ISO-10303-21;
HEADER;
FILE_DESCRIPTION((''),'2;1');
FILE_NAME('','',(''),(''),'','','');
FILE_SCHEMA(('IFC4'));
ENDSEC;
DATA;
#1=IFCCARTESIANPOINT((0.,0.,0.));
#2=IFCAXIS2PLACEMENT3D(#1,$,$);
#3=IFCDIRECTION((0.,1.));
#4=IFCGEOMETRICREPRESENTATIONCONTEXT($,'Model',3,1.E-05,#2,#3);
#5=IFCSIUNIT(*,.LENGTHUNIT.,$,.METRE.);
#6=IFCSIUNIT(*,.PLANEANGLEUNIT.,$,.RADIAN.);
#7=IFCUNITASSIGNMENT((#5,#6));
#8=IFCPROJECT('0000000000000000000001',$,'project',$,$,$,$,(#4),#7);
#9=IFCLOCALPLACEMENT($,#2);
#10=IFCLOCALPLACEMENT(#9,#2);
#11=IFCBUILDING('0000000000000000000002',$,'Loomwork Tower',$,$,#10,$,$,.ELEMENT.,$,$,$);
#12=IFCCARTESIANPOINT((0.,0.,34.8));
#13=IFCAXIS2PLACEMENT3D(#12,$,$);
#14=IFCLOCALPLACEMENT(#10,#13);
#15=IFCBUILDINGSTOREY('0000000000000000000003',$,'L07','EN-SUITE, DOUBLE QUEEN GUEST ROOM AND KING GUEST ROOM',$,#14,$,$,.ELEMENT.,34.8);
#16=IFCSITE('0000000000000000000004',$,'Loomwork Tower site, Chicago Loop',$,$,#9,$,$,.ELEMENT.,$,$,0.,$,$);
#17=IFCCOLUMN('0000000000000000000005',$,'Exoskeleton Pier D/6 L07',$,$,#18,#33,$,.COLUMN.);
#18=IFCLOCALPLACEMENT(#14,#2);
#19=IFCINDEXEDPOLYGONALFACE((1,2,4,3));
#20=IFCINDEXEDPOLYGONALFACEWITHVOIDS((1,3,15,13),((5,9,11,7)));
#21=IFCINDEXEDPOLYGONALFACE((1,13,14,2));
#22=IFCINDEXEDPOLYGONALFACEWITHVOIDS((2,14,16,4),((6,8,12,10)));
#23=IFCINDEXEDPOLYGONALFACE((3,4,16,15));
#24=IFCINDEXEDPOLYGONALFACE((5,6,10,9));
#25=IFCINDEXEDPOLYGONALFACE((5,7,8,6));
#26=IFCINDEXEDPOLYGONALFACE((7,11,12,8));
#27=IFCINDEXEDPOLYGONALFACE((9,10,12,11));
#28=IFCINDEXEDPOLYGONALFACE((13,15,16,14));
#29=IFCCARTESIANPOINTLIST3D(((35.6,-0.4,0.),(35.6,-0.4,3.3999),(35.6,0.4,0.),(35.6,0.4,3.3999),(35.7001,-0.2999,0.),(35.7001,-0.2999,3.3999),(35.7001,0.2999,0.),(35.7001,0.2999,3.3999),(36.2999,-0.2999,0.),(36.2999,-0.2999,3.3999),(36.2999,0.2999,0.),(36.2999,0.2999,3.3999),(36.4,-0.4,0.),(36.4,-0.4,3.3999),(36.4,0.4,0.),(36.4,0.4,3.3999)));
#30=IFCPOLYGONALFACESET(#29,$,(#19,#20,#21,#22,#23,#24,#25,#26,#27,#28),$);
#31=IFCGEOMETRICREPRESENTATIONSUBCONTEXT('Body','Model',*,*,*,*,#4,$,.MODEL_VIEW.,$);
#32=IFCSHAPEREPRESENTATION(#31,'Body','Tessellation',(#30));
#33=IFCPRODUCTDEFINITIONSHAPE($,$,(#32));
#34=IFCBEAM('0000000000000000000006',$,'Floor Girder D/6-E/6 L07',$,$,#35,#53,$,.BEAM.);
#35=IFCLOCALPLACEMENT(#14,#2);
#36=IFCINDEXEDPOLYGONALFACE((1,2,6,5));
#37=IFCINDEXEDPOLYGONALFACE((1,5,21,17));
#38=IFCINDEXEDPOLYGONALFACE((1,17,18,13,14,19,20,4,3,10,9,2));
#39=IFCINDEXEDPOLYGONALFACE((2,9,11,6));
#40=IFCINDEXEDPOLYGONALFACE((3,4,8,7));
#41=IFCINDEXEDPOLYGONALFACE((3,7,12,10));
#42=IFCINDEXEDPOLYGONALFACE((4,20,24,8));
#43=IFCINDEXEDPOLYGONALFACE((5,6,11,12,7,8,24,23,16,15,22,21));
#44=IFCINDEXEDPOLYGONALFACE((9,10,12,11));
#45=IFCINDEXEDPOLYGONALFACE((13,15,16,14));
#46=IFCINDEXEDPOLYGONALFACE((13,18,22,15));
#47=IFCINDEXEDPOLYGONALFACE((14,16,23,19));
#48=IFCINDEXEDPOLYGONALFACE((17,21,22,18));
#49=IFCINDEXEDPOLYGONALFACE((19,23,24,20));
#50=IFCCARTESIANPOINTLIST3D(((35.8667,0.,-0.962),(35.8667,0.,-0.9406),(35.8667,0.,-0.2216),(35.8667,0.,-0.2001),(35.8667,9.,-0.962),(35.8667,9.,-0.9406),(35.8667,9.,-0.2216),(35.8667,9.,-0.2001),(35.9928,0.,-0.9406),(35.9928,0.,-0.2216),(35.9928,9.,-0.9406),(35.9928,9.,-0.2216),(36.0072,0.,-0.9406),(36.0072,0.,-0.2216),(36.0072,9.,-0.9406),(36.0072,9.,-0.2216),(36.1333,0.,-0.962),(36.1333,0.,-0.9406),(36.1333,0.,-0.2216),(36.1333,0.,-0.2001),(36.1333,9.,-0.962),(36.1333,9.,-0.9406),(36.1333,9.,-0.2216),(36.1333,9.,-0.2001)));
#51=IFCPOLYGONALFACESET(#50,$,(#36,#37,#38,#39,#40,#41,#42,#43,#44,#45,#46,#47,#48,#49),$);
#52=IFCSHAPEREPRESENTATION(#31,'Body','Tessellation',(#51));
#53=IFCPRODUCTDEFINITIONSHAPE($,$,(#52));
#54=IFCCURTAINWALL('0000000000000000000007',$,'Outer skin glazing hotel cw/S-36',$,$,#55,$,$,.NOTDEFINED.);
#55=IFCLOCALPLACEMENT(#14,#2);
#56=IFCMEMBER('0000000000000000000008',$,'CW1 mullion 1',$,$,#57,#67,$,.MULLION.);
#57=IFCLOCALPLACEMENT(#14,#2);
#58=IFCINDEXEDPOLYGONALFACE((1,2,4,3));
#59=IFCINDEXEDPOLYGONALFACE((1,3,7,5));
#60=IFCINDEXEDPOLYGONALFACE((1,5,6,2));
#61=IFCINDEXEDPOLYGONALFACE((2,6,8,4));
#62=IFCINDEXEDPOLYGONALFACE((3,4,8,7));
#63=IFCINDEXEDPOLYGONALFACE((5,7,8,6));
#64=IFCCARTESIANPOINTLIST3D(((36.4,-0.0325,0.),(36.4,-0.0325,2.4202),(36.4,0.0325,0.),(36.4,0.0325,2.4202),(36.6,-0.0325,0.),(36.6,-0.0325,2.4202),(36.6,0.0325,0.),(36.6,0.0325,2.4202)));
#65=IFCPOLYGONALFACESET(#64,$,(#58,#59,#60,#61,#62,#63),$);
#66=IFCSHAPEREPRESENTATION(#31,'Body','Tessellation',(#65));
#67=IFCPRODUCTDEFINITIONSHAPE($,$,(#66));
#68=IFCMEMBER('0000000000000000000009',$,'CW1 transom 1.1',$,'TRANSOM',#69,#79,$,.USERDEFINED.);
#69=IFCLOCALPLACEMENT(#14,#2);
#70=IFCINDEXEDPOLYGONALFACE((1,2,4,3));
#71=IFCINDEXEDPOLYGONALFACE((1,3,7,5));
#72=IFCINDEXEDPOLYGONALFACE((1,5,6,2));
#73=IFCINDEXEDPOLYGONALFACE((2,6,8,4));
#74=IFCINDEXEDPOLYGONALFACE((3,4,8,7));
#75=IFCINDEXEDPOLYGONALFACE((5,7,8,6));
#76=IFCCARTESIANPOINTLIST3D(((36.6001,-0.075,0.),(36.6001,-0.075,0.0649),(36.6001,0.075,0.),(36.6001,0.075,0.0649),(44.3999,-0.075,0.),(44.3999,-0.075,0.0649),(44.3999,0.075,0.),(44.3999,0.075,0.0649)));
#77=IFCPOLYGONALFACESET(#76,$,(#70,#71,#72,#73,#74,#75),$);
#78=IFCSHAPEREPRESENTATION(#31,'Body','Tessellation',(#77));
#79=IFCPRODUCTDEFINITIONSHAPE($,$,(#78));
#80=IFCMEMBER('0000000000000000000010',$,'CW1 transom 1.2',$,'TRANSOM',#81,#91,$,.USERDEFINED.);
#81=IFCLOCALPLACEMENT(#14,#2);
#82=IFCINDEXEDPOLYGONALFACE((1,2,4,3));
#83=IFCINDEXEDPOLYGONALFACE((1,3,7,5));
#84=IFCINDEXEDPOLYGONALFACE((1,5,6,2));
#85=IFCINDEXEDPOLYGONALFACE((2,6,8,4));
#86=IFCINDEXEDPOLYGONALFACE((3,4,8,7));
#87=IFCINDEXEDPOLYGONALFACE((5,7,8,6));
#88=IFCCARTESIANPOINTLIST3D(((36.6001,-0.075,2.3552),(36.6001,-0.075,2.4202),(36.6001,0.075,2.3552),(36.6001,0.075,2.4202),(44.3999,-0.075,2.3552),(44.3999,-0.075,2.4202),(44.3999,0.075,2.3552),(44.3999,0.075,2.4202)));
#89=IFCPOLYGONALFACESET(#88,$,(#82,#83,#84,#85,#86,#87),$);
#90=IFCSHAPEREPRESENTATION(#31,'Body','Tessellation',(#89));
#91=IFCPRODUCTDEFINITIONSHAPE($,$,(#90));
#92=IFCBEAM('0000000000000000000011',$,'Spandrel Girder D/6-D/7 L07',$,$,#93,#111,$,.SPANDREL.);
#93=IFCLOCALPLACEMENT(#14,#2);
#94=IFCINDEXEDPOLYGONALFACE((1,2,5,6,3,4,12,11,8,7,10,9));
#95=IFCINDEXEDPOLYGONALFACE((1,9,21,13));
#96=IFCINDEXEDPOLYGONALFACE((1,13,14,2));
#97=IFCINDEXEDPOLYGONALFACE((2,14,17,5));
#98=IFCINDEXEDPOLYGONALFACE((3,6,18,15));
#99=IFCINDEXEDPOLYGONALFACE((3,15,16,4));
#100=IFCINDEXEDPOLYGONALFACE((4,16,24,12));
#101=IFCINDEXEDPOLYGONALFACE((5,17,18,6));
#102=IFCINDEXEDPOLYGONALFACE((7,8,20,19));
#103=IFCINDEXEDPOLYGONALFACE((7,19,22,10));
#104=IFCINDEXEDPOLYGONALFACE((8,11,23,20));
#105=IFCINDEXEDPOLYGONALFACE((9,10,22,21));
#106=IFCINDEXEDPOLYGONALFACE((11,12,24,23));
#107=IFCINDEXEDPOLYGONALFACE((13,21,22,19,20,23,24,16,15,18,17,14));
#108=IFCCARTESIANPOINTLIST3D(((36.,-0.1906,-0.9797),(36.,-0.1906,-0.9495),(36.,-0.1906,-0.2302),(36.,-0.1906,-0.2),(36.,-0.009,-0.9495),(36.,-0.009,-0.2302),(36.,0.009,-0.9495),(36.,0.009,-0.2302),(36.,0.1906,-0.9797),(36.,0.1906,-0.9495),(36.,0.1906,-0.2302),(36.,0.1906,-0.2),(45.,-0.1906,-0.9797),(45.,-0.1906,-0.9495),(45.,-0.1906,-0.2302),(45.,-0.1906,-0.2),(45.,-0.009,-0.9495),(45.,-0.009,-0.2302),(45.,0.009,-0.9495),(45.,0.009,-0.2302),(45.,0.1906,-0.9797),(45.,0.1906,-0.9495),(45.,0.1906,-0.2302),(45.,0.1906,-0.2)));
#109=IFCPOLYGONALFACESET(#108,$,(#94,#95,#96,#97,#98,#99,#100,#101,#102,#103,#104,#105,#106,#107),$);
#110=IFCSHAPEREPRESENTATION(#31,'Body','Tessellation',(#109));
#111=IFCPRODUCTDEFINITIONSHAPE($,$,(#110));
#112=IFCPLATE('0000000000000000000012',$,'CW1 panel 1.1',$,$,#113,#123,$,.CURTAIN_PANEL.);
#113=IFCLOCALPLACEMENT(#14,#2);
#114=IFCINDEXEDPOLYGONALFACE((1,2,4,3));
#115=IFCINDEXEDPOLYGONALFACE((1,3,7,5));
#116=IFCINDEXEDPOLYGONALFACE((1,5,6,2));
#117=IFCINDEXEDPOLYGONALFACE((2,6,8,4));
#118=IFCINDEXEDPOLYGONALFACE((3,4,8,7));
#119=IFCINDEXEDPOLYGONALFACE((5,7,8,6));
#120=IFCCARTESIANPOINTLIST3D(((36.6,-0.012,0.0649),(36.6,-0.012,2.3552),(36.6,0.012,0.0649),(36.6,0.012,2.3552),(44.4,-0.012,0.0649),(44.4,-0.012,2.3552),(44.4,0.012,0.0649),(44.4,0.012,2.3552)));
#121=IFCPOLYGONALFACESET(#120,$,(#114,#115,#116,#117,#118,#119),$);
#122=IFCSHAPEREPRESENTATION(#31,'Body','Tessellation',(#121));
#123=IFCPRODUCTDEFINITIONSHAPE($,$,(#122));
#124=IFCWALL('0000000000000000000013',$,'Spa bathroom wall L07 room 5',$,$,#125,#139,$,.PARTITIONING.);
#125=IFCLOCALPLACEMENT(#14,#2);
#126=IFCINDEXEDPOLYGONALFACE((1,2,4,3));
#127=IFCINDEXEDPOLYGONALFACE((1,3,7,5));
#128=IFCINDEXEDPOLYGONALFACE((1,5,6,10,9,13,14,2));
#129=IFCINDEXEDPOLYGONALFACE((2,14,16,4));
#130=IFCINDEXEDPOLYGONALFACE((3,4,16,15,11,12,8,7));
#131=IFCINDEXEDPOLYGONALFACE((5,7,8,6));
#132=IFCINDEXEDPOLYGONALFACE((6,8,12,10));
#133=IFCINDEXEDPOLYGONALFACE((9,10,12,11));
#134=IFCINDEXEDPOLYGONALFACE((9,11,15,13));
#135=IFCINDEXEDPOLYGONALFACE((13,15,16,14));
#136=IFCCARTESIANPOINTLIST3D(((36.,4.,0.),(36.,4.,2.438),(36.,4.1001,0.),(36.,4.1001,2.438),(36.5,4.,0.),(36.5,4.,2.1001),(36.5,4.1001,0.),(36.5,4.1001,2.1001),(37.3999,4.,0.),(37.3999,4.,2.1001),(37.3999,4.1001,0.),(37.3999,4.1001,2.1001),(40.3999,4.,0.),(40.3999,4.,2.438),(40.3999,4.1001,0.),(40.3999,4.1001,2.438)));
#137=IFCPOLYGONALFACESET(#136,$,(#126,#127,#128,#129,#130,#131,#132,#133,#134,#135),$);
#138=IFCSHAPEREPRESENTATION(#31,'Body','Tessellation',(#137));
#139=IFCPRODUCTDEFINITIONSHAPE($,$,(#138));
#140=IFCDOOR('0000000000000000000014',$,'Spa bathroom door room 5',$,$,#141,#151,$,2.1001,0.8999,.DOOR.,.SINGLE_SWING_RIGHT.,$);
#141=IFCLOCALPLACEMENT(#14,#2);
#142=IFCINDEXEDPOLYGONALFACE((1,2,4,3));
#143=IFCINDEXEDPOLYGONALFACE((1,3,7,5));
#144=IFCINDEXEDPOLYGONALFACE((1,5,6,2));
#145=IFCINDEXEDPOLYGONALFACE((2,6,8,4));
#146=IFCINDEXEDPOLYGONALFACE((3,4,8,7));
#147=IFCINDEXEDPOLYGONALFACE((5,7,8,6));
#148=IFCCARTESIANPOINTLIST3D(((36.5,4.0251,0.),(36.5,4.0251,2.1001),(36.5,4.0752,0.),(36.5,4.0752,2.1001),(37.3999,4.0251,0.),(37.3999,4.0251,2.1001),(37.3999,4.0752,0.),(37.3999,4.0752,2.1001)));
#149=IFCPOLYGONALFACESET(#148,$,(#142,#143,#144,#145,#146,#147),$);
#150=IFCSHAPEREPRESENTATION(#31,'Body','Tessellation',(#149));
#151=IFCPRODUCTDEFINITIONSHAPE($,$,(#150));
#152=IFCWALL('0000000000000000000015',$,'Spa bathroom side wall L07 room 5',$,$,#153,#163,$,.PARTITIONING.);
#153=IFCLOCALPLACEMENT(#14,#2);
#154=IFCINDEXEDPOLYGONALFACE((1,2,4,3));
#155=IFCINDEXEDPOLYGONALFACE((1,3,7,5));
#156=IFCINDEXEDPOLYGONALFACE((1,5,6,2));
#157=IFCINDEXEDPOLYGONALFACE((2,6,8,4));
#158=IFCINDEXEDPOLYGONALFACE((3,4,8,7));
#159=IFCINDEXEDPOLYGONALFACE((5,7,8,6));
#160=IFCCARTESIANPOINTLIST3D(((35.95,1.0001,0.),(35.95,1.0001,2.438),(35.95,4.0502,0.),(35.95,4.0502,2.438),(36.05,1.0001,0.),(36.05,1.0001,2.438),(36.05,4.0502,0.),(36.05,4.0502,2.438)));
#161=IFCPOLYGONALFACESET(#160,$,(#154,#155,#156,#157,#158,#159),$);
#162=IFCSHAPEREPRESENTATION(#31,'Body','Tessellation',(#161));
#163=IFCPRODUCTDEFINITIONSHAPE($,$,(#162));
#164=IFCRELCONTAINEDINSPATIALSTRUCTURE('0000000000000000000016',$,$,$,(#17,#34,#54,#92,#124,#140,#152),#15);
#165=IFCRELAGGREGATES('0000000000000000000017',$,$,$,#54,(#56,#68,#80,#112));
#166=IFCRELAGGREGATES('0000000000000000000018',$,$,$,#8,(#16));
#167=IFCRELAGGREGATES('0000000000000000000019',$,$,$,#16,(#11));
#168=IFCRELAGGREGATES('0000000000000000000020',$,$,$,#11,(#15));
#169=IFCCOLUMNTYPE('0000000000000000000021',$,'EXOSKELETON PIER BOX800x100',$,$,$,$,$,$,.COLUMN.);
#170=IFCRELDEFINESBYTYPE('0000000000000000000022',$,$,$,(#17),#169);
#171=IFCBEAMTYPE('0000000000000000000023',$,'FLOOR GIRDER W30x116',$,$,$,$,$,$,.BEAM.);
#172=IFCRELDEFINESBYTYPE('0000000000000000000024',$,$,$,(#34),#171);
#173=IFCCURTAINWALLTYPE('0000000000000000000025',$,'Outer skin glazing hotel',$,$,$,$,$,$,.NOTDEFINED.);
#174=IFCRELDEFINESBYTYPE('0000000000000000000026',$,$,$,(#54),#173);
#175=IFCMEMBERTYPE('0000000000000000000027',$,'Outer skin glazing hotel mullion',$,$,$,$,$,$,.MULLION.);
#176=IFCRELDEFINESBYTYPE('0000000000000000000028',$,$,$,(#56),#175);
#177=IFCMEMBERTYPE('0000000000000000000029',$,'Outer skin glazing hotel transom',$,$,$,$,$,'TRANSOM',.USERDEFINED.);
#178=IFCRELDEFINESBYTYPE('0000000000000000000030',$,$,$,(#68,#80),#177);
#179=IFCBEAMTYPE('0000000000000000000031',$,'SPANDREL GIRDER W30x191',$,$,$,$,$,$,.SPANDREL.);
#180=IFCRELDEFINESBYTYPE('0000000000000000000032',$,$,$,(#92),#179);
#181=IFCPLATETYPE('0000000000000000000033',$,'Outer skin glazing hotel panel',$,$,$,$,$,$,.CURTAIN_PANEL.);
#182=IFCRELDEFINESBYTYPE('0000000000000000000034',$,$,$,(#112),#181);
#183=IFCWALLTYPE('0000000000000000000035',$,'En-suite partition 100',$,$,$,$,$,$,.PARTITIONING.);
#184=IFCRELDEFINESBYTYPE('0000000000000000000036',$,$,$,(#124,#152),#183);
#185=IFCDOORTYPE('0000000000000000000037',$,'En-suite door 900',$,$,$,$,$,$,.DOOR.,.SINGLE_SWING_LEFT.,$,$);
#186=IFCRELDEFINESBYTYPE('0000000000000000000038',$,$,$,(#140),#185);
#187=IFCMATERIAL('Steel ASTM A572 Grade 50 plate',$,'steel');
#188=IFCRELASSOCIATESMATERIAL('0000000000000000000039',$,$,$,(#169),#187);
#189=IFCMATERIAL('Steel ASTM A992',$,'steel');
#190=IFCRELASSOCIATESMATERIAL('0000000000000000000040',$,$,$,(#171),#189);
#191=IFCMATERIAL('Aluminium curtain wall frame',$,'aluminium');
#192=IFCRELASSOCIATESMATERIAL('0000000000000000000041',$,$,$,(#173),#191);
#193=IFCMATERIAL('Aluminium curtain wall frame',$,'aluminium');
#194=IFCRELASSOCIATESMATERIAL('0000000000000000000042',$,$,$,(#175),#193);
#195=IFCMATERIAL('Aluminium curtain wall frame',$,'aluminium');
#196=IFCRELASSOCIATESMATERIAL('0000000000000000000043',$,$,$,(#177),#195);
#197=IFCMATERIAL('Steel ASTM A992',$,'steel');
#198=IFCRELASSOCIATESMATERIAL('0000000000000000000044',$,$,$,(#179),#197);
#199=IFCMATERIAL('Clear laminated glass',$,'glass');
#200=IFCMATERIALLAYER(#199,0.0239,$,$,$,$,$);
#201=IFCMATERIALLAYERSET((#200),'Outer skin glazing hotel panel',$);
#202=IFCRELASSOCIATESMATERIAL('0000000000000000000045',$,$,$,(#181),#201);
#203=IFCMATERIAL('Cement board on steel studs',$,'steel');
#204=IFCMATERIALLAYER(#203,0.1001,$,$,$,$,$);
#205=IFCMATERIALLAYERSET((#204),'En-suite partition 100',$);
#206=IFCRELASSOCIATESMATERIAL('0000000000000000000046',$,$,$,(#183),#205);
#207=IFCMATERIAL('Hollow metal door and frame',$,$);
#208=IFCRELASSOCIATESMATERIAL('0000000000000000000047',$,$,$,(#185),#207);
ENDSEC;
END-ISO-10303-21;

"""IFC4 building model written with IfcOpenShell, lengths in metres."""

from ifc_helpers import new_model, si_unit, direction, frame, frame_2d, origin, origin_2d, place, context, subcontext, project, spatial, rectangle, hollow_rectangle, i_section, extrude, material, layer, layer_set, material_profile, profile_set, type_object, element, fill, aggregate, save


model = new_model("IFC4")

# Units and contexts
model_context = context("Model", 3, precision=1e-05, world=origin(), true_north=direction((0.0, 1.0)))
body_context = subcontext(model_context, "Body", "Model", "MODEL_VIEW")
ifc_project = project(units=[si_unit("LENGTHUNIT", "METRE"), si_unit("PLANEANGLEUNIT", "RADIAN")], contexts=[model_context])

# Site, building, storey
site_placement = place(None, origin())
site = spatial("IfcSite", under=ifc_project, at=site_placement, Name="Loomwork Tower site, Chicago Loop", CompositionType="ELEMENT", RefElevation=0.0)
building_placement = place(site_placement, origin())
building = spatial("IfcBuilding", under=site, at=building_placement, Name="Loomwork Tower", CompositionType="ELEMENT")
storey_placement = place(building_placement, frame((0.0, 0.0, 34.8)))
storey = spatial("IfcBuildingStorey", under=building, at=storey_placement, Name="L07", Description="EN-SUITE, DOUBLE QUEEN GUEST ROOM AND KING GUEST ROOM", CompositionType="ELEMENT", Elevation=34.8)

# Column
ifc_material_1 = material(Name="Steel ASTM A572 Grade 50 plate", Category="steel")
ifc_material_profile_1 = material_profile(ifc_material_1, hollow_rectangle(XDim=0.8, YDim=0.8, WallThickness=0.1001, at=origin_2d()), Name="BOX800x100")
ifc_profile_set_1 = profile_set([ifc_material_profile_1], Name="Steel ASTM A572 Grade 50 plate")
column_type = type_object("IfcColumnType", Name="EXOSKELETON PIER BOX800x100", PredefinedType="COLUMN", material=ifc_profile_set_1)
column_placement = place(storey_placement, frame((36.0, 0.0, 0.0), z_axis=(0.0, 0.0, 1.0), x_axis=(1.0, 0.0, 0.0)))
element("IfcColumn", 1, at=column_placement, inside=storey, type_object=column_type, Name="Exoskeleton Pier D/6 L07", PredefinedType="COLUMN", context=body_context, shape_type="SweptSolid", body=[
    extrude(hollow_rectangle(XDim=0.8, YDim=0.8, WallThickness=0.1001, at=origin_2d()), origin(), (0.0, 0.0, 1.0), 3.3999),
])

# Beam
ifc_material_2 = material(Name="Steel ASTM A992", Category="steel")
ifc_material_profile_2 = material_profile(ifc_material_2, i_section(OverallWidth=0.2666, OverallDepth=0.762, WebThickness=0.0144, FlangeThickness=0.0215, at=origin_2d()), Name="W30x116")
ifc_profile_set_2 = profile_set([ifc_material_profile_2], Name="Steel ASTM A992")
beam_type_1 = type_object("IfcBeamType", Name="FLOOR GIRDER W30x116", PredefinedType="BEAM", material=ifc_profile_set_2)
beam_1_placement = place(storey_placement, frame((36.0, 0.0, -0.5811), z_axis=(0.0, 1.0, 0.0), x_axis=(-1.0, 0.0, 0.0)))
element("IfcBeam", 2, at=beam_1_placement, inside=storey, type_object=beam_type_1, Name="Floor Girder D/6-E/6 L07", PredefinedType="BEAM", context=body_context, shape_type="SweptSolid", body=[
    extrude(i_section(OverallWidth=0.2666, OverallDepth=0.762, WebThickness=0.0144, FlangeThickness=0.0215, at=origin_2d()), origin(), (0.0, 0.0, 1.0), 9.0),
])

# Curtain wall, members
ifc_material_3 = material(Name="Aluminium curtain wall frame", Category="aluminium")
curtain_wall_type = type_object("IfcCurtainWallType", Name="Outer skin glazing hotel", PredefinedType="NOTDEFINED", material=ifc_material_3)
curtain_wall_placement = place(storey_placement, origin())
curtain_wall = element("IfcCurtainWall", 3, at=curtain_wall_placement, inside=storey, type_object=curtain_wall_type, Name="Outer skin glazing hotel cw/S-36", PredefinedType="NOTDEFINED")
ifc_material_4 = material(Name="Aluminium curtain wall frame", Category="aluminium")
ifc_material_profile_3 = material_profile(ifc_material_4, rectangle(XDim=0.0649, YDim=0.2, at=origin_2d()), Name="AL 65x200")
ifc_profile_set_3 = profile_set([ifc_material_profile_3], Name="Aluminium curtain wall frame")
member_type_1 = type_object("IfcMemberType", Name="Outer skin glazing hotel mullion", PredefinedType="MULLION", material=ifc_profile_set_3)
member_1_placement = place(storey_placement, frame((36.5, 0.0, 0.0), z_axis=(0.0, 0.0, 1.0), x_axis=(0.0, 1.0, 0.0)))
member_1 = element("IfcMember", 4, at=member_1_placement, type_object=member_type_1, Name="CW1 mullion 1", PredefinedType="MULLION", context=body_context, shape_type="SweptSolid", body=[
    extrude(rectangle(XDim=0.0649, YDim=0.2, at=origin_2d()), origin(), (0.0, 0.0, 1.0), 2.4202),
])
ifc_material_5 = material(Name="Aluminium curtain wall frame", Category="aluminium")
ifc_material_profile_4 = material_profile(ifc_material_5, rectangle(XDim=0.1499, YDim=0.0649, at=origin_2d()), Name="AL 65x150")
ifc_profile_set_4 = profile_set([ifc_material_profile_4], Name="Aluminium curtain wall frame")
member_type_2 = type_object("IfcMemberType", Name="Outer skin glazing hotel transom", ElementType="TRANSOM", PredefinedType="USERDEFINED", material=ifc_profile_set_4)
member_2_placement = place(storey_placement, frame((36.6001, 0.0, 0.0325), z_axis=(1.0, 0.0, 0.0), x_axis=(0.0, 1.0, 0.0)))
member_2 = element("IfcMember", 5, at=member_2_placement, type_object=member_type_2, Name="CW1 transom 1.1", ObjectType="TRANSOM", PredefinedType="USERDEFINED", context=body_context, shape_type="SweptSolid", body=[
    extrude(rectangle(XDim=0.1499, YDim=0.0649, at=origin_2d()), origin(), (0.0, 0.0, 1.0), 7.7998),
])
member_3_placement = place(storey_placement, frame((36.6001, 0.0, 2.3877), z_axis=(1.0, 0.0, 0.0), x_axis=(0.0, 1.0, 0.0)))
member_3 = element("IfcMember", 6, at=member_3_placement, type_object=member_type_2, Name="CW1 transom 1.2", ObjectType="TRANSOM", PredefinedType="USERDEFINED", context=body_context, shape_type="SweptSolid", body=[
    extrude(rectangle(XDim=0.1499, YDim=0.0649, at=origin_2d()), origin(), (0.0, 0.0, 1.0), 7.7998),
])

# Beam
ifc_material_6 = material(Name="Steel ASTM A992", Category="steel")
ifc_material_profile_5 = material_profile(ifc_material_6, i_section(OverallWidth=0.3811, OverallDepth=0.7798, WebThickness=0.0181, FlangeThickness=0.0303, at=origin_2d()), Name="W30x191")
ifc_profile_set_5 = profile_set([ifc_material_profile_5], Name="Steel ASTM A992")
beam_type_2 = type_object("IfcBeamType", Name="SPANDREL GIRDER W30x191", PredefinedType="SPANDREL", material=ifc_profile_set_5)
beam_2_placement = place(storey_placement, frame((36.0, 0.0, -0.5898), z_axis=(1.0, 0.0, 0.0), x_axis=(0.0, 1.0, 0.0)))
element("IfcBeam", 7, at=beam_2_placement, inside=storey, type_object=beam_type_2, Name="Spandrel Girder D/6-D/7 L07", PredefinedType="SPANDREL", context=body_context, shape_type="SweptSolid", body=[
    extrude(i_section(OverallWidth=0.3811, OverallDepth=0.7798, WebThickness=0.0181, FlangeThickness=0.0303, at=origin_2d()), origin(), (0.0, 0.0, 1.0), 9.0),
])

# Plate
ifc_material_7 = material(Name="Clear laminated glass", Category="glass")
ifc_layer_1 = layer(ifc_material_7, 0.0239)
ifc_layer_set_1 = layer_set([ifc_layer_1], Name="Outer skin glazing hotel panel")
plate_type = type_object("IfcPlateType", Name="Outer skin glazing hotel panel", PredefinedType="CURTAIN_PANEL", material=ifc_layer_set_1)
plate_placement = place(storey_placement, frame((40.5, 0.0, 0.0649), z_axis=(0.0, 0.0, 1.0), x_axis=(1.0, 0.0, 0.0)))
plate = element("IfcPlate", 8, at=plate_placement, type_object=plate_type, Name="CW1 panel 1.1", PredefinedType="CURTAIN_PANEL", context=body_context, shape_type="SweptSolid", body=[
    extrude(rectangle(XDim=7.8, YDim=0.0239, at=origin_2d()), origin(), (0.0, 0.0, 1.0), 2.2903),
])
aggregate(curtain_wall, [member_1, member_2, member_3, plate])

# Wall, opening, door
ifc_material_8 = material(Name="Cement board on steel studs", Category="steel")
ifc_layer_2 = layer(ifc_material_8, 0.1001)
ifc_layer_set_2 = layer_set([ifc_layer_2], Name="En-suite partition 100")
wall_type_1 = type_object("IfcWallType", Name="En-suite partition 100", PredefinedType="PARTITIONING", material=ifc_layer_set_2)
wall_1_placement = place(storey_placement, frame((36.0, 4.05, 0.0), z_axis=(0.0, 0.0, 1.0), x_axis=(1.0, 0.0, 0.0)))
wall_1 = element("IfcWall", 9, at=wall_1_placement, inside=storey, type_object=wall_type_1, Name="Spa bathroom wall L07 room 5", PredefinedType="PARTITIONING", context=body_context, shape_type="SweptSolid", body=[
    extrude(rectangle(XDim=4.3999, YDim=0.1001, at=frame_2d((2.2, 0.0))), origin(), (0.0, 0.0, 1.0), 2.438),
])
opening_1_placement = place(wall_1_placement, frame((0.5, 0.0, 0.0)))
opening_1 = element("IfcOpeningElement", 10, at=opening_1_placement, cuts=wall_1, PredefinedType="OPENING", context=body_context, shape_type="SweptSolid", body=[
    extrude(rectangle(XDim=0.8999, YDim=2.1001, at=frame_2d((0.45, 1.05))), frame((0.0, 0.0601, 0.0), z_axis=(0.0, -1.0, 0.0), x_axis=(1.0, 0.0, 0.0)), (0.0, 0.0, 1.0), 0.1201),
])
ifc_material_9 = material(Name="Hollow metal door and frame")
door_type = type_object("IfcDoorType", Name="En-suite door 900", OperationType="SINGLE_SWING_LEFT", PredefinedType="DOOR", material=ifc_material_9)
door_placement = place(opening_1_placement, frame((0.8999, 0.0, 0.0), z_axis=(0.0, 0.0, 1.0), x_axis=(-1.0, 0.0, 0.0)))
door = element("IfcDoor", 11, at=door_placement, inside=storey, type_object=door_type, Name="Spa bathroom door room 5", OperationType="SINGLE_SWING_RIGHT", OverallHeight=2.1001, OverallWidth=0.8999, PredefinedType="DOOR", context=body_context, shape_type="SweptSolid", body=[
    extrude(rectangle(XDim=0.8999, YDim=2.1001, at=frame_2d((0.45, 1.05))), frame((0.0, 0.0249, 0.0), z_axis=(0.0, -1.0, 0.0), x_axis=(1.0, 0.0, 0.0)), (0.0, 0.0, 1.0), 0.05),
])
fill(opening_1, door)

# Wall
wall_2_placement = place(storey_placement, frame((36.0, 4.05, 0.0), z_axis=(0.0, 0.0, 1.0), x_axis=(0.0, -1.0, 0.0)))
element("IfcWall", 12, at=wall_2_placement, inside=storey, type_object=wall_type_1, Name="Spa bathroom side wall L07 room 5", PredefinedType="PARTITIONING", context=body_context, shape_type="SweptSolid", body=[
    extrude(rectangle(XDim=3.05, YDim=0.1001, at=frame_2d((1.5249, 0.0))), origin(), (0.0, 0.0, 1.0), 2.438),
])

save(model, "model.ifc")
